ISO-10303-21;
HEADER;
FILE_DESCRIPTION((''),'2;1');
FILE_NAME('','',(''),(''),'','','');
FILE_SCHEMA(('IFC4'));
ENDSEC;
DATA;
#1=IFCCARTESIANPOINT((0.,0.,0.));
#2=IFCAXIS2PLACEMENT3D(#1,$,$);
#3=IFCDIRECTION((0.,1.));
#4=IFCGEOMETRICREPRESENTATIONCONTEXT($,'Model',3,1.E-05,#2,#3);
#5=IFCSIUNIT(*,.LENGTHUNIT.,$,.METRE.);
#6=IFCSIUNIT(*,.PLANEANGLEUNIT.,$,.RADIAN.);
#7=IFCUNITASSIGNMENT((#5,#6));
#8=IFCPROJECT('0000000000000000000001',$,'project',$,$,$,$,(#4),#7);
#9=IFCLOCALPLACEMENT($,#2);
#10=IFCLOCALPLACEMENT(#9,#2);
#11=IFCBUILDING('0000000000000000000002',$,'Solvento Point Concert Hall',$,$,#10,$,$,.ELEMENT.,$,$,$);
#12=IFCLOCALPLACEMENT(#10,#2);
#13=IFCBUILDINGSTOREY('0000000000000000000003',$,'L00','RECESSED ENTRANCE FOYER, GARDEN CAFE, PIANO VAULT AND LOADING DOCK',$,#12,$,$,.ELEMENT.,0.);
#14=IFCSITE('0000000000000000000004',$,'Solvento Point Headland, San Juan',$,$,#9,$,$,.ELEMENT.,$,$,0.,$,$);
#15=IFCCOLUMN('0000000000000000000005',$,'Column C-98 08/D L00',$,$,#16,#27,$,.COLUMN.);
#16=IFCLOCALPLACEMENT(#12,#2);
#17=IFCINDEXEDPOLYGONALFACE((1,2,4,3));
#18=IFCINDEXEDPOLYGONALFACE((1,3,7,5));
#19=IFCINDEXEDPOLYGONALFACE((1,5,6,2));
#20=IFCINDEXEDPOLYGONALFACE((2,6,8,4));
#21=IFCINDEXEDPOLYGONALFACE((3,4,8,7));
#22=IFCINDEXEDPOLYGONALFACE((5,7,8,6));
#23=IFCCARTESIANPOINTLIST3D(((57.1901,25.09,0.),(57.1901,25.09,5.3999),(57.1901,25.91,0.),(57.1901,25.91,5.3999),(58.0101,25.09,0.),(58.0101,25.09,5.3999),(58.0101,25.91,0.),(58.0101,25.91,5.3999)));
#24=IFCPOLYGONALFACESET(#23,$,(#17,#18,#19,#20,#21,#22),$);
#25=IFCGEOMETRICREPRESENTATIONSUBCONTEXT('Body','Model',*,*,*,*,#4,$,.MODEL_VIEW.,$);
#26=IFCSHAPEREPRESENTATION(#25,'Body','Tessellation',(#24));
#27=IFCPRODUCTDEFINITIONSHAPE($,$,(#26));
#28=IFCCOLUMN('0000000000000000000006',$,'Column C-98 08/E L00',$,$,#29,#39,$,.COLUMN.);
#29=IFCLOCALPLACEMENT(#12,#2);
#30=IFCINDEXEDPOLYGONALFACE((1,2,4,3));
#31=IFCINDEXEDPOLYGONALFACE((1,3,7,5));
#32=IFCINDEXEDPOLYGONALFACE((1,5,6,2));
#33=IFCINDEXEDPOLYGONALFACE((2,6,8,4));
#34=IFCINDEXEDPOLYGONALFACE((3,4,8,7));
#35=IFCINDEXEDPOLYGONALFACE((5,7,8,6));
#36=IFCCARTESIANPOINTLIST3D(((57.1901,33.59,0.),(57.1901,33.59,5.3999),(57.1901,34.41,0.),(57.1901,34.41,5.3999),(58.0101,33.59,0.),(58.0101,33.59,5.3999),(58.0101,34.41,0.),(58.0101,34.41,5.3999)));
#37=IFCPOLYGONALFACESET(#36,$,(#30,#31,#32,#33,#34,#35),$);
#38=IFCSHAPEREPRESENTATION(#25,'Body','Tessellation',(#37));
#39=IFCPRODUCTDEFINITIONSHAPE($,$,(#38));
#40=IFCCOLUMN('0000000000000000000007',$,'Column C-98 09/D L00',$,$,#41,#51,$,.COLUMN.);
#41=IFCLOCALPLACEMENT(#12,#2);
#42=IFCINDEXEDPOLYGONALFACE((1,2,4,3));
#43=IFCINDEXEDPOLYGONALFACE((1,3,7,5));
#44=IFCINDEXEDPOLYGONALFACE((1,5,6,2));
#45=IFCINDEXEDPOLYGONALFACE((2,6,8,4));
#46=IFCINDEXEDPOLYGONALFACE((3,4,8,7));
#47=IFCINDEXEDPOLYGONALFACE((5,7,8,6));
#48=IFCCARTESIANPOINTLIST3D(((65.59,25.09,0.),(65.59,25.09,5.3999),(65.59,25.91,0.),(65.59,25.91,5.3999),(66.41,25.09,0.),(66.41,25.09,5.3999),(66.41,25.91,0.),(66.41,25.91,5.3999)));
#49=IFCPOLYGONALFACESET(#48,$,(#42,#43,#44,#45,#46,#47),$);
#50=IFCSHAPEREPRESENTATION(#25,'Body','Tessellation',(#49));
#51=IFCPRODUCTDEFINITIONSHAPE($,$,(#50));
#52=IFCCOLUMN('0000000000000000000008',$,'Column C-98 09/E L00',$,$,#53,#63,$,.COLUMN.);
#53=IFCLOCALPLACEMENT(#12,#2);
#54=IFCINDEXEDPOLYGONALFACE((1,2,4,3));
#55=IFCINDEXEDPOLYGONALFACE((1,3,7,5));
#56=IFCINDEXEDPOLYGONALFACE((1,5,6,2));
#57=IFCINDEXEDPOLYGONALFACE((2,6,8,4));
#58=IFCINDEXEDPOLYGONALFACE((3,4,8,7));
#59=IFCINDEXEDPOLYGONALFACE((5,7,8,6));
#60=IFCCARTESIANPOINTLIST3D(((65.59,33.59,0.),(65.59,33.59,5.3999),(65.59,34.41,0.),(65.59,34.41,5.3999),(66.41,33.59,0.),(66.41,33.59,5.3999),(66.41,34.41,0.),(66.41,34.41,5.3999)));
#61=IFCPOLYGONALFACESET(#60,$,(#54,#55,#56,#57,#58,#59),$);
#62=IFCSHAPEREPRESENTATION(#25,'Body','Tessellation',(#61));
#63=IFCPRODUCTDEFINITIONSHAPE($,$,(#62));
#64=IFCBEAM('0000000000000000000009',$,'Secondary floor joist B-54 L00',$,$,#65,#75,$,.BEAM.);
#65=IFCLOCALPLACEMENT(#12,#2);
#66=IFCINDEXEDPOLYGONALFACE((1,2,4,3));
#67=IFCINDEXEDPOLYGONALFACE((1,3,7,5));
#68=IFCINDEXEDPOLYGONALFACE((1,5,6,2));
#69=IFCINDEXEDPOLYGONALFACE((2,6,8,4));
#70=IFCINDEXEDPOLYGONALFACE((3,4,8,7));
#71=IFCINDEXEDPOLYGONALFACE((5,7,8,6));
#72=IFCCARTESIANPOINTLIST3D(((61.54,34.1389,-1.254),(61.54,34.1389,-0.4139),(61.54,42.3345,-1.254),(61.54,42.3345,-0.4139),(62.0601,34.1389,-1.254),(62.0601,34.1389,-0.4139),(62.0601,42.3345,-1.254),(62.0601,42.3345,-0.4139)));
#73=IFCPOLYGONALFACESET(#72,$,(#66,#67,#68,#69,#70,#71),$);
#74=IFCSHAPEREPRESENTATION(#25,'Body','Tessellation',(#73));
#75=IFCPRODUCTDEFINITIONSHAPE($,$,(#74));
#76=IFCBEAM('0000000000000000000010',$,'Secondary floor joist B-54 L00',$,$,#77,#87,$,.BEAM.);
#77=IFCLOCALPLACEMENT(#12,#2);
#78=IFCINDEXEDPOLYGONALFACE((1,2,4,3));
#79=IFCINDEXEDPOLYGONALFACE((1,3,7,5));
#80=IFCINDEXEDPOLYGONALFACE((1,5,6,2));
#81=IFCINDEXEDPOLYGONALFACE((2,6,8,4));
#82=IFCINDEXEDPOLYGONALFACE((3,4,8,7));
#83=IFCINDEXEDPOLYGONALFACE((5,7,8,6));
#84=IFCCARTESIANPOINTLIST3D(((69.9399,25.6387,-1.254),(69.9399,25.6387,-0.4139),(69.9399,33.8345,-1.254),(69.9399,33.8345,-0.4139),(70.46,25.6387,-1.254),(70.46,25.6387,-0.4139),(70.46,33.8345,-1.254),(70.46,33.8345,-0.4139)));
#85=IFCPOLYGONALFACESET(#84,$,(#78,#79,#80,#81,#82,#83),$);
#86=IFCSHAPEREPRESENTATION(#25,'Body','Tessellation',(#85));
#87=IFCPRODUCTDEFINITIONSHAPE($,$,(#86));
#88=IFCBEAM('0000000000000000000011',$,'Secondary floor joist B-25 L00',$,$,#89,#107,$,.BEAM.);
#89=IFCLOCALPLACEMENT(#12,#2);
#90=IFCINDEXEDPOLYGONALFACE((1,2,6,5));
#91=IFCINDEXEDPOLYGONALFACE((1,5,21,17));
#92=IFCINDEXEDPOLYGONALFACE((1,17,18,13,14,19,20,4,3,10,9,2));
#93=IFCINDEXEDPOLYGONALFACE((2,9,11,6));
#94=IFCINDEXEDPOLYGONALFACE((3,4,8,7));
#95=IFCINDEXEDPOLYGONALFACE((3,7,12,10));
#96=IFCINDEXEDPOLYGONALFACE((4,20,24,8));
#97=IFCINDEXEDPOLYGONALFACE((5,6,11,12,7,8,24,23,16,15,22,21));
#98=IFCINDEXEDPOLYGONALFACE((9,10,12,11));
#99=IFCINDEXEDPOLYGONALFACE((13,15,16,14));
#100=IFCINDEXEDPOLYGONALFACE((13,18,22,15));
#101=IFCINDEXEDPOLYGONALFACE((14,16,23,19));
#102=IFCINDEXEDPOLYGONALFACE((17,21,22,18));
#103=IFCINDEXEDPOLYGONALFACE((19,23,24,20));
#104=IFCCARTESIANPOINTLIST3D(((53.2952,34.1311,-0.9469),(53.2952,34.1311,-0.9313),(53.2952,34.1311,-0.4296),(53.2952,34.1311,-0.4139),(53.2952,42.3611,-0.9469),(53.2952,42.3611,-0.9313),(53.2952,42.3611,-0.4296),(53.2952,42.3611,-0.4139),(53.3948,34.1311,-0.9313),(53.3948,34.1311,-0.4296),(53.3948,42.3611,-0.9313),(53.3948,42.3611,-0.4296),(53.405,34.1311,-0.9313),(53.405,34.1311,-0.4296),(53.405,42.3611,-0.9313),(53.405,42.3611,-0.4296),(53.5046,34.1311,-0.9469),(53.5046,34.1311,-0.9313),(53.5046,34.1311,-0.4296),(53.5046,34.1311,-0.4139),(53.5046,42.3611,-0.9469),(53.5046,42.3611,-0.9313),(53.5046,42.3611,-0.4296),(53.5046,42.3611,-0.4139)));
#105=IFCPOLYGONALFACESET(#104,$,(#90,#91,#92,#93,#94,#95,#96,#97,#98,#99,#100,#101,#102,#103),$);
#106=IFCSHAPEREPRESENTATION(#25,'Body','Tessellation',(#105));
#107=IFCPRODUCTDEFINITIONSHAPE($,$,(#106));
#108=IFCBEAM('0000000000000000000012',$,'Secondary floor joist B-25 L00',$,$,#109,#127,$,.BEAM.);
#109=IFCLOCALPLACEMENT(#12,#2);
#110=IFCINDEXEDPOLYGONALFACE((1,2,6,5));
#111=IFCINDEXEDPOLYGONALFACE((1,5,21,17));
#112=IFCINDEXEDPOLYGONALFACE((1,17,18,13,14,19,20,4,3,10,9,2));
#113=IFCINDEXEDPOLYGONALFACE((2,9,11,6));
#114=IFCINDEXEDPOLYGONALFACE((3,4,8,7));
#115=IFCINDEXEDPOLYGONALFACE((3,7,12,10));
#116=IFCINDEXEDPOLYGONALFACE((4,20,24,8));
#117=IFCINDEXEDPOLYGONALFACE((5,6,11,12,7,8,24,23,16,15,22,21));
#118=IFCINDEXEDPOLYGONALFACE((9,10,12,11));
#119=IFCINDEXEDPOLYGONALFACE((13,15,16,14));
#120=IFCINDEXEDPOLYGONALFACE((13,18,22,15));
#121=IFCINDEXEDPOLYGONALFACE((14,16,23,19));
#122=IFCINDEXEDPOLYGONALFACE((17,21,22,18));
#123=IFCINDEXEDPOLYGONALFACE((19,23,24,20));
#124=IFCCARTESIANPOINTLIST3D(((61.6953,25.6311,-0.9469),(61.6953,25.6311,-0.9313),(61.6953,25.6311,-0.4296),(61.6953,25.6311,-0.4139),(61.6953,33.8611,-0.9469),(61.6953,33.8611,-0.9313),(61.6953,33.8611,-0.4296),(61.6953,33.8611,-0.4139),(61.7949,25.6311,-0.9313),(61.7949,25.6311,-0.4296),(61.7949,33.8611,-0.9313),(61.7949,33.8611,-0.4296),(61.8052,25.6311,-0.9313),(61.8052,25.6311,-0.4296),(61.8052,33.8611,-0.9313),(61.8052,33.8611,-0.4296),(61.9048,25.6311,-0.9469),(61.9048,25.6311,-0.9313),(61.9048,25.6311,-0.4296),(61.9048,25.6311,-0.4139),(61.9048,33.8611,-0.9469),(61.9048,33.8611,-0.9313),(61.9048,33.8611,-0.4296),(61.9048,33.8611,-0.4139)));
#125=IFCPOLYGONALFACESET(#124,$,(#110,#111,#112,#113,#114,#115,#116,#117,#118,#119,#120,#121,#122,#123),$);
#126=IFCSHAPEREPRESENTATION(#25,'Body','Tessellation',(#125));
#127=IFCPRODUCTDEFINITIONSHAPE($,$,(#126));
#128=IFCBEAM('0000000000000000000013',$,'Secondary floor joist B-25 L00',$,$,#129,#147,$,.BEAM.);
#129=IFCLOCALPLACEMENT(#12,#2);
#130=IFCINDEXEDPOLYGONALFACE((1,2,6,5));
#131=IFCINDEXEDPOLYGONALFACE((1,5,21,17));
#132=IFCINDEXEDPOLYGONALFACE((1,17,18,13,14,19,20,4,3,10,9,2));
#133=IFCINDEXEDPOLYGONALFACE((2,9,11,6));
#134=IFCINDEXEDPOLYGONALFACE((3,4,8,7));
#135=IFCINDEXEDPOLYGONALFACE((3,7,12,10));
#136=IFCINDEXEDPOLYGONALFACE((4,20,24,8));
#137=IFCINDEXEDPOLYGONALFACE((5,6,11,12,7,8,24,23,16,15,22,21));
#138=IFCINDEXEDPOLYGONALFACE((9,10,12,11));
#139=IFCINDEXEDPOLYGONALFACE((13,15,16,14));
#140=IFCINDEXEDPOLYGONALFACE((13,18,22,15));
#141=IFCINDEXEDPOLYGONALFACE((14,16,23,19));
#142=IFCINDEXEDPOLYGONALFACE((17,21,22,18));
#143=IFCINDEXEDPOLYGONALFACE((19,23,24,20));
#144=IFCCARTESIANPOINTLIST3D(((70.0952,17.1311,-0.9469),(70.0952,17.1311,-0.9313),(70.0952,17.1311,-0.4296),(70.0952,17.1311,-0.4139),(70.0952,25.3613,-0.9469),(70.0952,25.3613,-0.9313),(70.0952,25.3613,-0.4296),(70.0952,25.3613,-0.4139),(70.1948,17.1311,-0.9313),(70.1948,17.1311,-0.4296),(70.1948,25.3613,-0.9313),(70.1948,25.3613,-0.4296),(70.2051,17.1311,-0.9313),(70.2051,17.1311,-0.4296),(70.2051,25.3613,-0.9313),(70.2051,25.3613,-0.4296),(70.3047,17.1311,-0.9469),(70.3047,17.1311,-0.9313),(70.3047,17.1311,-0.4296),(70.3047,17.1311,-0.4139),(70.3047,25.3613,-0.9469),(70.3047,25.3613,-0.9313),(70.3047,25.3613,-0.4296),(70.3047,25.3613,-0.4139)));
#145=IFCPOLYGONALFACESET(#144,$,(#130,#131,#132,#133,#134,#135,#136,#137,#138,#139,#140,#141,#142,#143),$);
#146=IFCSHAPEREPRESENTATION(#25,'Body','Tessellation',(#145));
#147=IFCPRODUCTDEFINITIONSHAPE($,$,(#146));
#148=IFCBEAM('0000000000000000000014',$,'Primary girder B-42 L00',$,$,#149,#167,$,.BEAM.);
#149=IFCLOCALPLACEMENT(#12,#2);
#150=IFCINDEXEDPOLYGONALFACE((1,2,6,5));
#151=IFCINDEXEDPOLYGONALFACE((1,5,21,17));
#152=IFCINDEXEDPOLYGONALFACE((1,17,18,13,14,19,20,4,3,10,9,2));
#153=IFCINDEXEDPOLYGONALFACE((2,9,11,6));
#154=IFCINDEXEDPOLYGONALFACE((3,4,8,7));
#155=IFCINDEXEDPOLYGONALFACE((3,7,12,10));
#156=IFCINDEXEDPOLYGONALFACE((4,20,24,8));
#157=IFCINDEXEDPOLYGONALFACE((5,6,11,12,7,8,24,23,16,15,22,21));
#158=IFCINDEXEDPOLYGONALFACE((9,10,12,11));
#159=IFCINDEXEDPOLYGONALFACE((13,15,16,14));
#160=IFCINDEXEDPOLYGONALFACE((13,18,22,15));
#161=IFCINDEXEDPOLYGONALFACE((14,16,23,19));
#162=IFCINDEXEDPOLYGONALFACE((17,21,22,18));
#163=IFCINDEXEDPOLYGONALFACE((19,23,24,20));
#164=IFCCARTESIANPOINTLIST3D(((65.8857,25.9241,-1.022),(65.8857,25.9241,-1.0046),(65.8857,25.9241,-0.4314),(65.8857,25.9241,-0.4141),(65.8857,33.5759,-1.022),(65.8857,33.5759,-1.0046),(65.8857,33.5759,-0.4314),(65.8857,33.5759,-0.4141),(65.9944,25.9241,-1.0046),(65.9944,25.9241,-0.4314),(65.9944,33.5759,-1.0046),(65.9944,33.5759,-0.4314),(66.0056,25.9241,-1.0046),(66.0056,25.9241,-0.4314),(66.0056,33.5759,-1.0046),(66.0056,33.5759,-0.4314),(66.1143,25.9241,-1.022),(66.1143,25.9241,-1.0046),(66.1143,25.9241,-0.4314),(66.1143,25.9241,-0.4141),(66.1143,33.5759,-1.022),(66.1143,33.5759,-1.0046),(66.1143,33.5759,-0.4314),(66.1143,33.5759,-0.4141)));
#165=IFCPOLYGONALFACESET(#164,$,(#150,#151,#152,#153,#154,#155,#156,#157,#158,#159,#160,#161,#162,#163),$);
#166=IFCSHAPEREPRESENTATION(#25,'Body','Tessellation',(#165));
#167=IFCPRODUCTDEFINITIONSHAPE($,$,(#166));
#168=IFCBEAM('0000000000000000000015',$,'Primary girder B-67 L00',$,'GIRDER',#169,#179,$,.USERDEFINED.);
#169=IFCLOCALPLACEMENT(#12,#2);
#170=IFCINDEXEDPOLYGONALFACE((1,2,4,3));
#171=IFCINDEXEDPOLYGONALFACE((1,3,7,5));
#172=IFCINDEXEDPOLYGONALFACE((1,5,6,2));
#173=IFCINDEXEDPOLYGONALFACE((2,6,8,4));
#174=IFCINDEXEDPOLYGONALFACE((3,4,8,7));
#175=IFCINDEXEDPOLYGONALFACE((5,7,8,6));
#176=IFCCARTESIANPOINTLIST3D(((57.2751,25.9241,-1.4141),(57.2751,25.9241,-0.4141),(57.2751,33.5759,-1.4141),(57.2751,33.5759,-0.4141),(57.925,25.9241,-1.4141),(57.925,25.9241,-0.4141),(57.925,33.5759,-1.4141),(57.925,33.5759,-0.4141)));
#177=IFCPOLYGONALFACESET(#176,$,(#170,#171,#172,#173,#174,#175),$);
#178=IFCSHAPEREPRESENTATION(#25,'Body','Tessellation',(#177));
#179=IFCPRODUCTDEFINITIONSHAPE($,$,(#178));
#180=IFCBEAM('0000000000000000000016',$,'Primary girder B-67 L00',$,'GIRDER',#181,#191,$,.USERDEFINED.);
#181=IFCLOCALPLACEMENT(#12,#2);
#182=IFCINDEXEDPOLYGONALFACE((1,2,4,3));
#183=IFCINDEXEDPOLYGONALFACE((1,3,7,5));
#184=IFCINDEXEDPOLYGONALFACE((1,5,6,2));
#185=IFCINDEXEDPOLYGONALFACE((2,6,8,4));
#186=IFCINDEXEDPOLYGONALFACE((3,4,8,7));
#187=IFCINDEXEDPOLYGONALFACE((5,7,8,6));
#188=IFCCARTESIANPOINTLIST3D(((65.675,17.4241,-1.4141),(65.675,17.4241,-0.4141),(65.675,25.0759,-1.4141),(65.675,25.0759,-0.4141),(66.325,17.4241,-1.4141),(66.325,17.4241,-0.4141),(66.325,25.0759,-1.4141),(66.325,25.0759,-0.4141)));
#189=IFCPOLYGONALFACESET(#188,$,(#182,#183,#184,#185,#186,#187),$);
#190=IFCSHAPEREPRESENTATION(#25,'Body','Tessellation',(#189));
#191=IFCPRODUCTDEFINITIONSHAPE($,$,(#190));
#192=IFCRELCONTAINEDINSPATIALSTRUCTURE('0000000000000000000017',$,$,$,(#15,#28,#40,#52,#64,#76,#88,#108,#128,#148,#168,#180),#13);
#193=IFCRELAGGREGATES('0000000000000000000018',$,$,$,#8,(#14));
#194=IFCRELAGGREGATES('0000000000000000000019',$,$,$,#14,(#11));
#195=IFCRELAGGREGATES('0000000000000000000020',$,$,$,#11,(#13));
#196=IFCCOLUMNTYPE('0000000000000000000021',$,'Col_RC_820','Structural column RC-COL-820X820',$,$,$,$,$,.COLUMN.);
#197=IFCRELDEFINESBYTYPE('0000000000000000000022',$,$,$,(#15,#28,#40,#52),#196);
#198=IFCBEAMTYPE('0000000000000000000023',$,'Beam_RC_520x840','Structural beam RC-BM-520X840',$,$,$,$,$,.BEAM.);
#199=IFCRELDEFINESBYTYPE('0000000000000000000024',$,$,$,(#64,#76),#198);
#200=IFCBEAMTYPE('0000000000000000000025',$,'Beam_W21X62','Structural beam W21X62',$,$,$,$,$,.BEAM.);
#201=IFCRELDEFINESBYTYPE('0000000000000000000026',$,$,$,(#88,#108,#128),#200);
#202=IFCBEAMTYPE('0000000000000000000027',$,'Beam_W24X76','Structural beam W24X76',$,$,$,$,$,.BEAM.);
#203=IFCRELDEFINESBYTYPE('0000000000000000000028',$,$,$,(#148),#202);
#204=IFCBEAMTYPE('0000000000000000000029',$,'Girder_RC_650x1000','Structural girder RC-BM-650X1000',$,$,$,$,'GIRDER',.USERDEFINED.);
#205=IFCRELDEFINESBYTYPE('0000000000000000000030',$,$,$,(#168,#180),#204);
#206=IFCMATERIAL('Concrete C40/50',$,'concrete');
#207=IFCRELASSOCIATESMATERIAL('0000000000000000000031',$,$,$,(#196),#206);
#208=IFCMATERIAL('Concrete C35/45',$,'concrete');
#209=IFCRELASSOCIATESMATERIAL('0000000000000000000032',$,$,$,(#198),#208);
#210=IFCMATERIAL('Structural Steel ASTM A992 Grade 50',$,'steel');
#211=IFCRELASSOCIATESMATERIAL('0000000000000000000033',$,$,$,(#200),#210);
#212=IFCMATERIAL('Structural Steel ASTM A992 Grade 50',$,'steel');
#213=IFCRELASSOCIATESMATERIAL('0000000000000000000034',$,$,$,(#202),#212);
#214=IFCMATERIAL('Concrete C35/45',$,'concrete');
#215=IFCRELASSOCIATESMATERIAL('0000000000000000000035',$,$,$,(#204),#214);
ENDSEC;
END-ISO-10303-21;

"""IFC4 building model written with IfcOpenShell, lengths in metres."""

from ifc_helpers import new_model, si_unit, direction, frame, origin, origin_2d, place, context, subcontext, project, spatial, rectangle, i_section, extrude, material, material_profile, profile_set, type_object, element, save


model = new_model("IFC4")

# Units and contexts
model_context = context("Model", 3, precision=1e-05, world=origin(), true_north=direction((0.0, 1.0)))
body_context = subcontext(model_context, "Body", "Model", "MODEL_VIEW")
ifc_project = project(units=[si_unit("LENGTHUNIT", "METRE"), si_unit("PLANEANGLEUNIT", "RADIAN")], contexts=[model_context])

# Site, building, storey
site_placement = place(None, origin())
site = spatial("IfcSite", under=ifc_project, at=site_placement, Name="Solvento Point Headland, San Juan", CompositionType="ELEMENT", RefElevation=0.0)
building_placement = place(site_placement, origin())
building = spatial("IfcBuilding", under=site, at=building_placement, Name="Solvento Point Concert Hall", CompositionType="ELEMENT")
storey_placement = place(building_placement, origin())
storey = spatial("IfcBuildingStorey", under=building, at=storey_placement, Name="L00", Description="RECESSED ENTRANCE FOYER, GARDEN CAFE, PIANO VAULT AND LOADING DOCK", CompositionType="ELEMENT", Elevation=0.0)

# Columns
ifc_material_1 = material(Name="Concrete C40/50", Category="concrete")
ifc_material_profile_1 = material_profile(ifc_material_1, rectangle(XDim=0.8201, YDim=0.8201, at=origin_2d()), Name="RC-COL-820X820")
ifc_profile_set_1 = profile_set([ifc_material_profile_1], Name="Concrete C40/50")
column_type = type_object("IfcColumnType", Name="Col_RC_820", Description="Structural column RC-COL-820X820", PredefinedType="COLUMN", material=ifc_profile_set_1)
for number, where, z_axis, x_axis, name in (
    (1, (57.6001, 25.5, 0.0), (0.0, 0.0, 1.0), (1.0, 0.0, 0.0), "Column C-98 08/D L00"),
    (2, (57.6001, 34.0, 0.0), (0.0, 0.0, 1.0), (1.0, 0.0, 0.0), "Column C-98 08/E L00"),
    (3, (66.0, 25.5, 0.0), (0.0, 0.0, 1.0), (1.0, 0.0, 0.0), "Column C-98 09/D L00"),
    (4, (66.0, 34.0, 0.0), (0.0, 0.0, 1.0), (1.0, 0.0, 0.0), "Column C-98 09/E L00"),
):
    element("IfcColumn", number, at=place(storey_placement, frame(where, z_axis=z_axis, x_axis=x_axis)), inside=storey, type_object=column_type, Name=name, PredefinedType="COLUMN", context=body_context, shape_type="SweptSolid", body=[
        extrude(rectangle(XDim=0.8201, YDim=0.8201, at=origin_2d()), origin(), (0.0, 0.0, 1.0), 5.3999),
    ])

# Beams
ifc_material_2 = material(Name="Concrete C35/45", Category="concrete")
ifc_material_profile_2 = material_profile(ifc_material_2, rectangle(XDim=0.52, YDim=0.8401, at=origin_2d()), Name="RC-BM-520X840")
ifc_profile_set_2 = profile_set([ifc_material_profile_2], Name="Concrete C35/45")
beam_type_1 = type_object("IfcBeamType", Name="Beam_RC_520x840", Description="Structural beam RC-BM-520X840", PredefinedType="BEAM", material=ifc_profile_set_2)
beam_1_placement = place(storey_placement, frame((61.8, 34.1389, -0.834), z_axis=(0.0, 1.0, 0.0), x_axis=(-1.0, 0.0, 0.0)))
element("IfcBeam", 5, at=beam_1_placement, inside=storey, type_object=beam_type_1, Name="Secondary floor joist B-54 L00", PredefinedType="BEAM", context=body_context, shape_type="SweptSolid", body=[
    extrude(rectangle(XDim=0.52, YDim=0.8401, at=origin_2d()), origin(), (0.0, 0.0, 1.0), 8.1956),
])
beam_2_placement = place(storey_placement, frame((70.2, 25.6387, -0.834), z_axis=(0.0, 1.0, 0.0), x_axis=(-1.0, 0.0, 0.0)))
element("IfcBeam", 6, at=beam_2_placement, inside=storey, type_object=beam_type_1, Name="Secondary floor joist B-54 L00", PredefinedType="BEAM", context=body_context, shape_type="SweptSolid", body=[
    extrude(rectangle(XDim=0.52, YDim=0.8401, at=origin_2d()), origin(), (0.0, 0.0, 1.0), 8.1958),
])
ifc_material_3 = material(Name="Structural Steel ASTM A992 Grade 50", Category="steel")
ifc_material_profile_3 = material_profile(ifc_material_3, i_section(OverallWidth=0.2095, OverallDepth=0.533, WebThickness=0.0103, FlangeThickness=0.0156, at=origin_2d()), Name="W21X62")
ifc_profile_set_3 = profile_set([ifc_material_profile_3], Name="Structural Steel ASTM A992 Grade 50")
beam_type_2 = type_object("IfcBeamType", Name="Beam_W21X62", Description="Structural beam W21X62", PredefinedType="BEAM", material=ifc_profile_set_3)
for number, where, z_axis, x_axis, name in (
    (7, (53.3999, 34.1311, -0.6804), (0.0, 1.0, 0.0), (-1.0, 0.0, 0.0), "Secondary floor joist B-25 L00"),
    (8, (61.8, 25.6311, -0.6804), (0.0, 1.0, 0.0), (-1.0, 0.0, 0.0), "Secondary floor joist B-25 L00"),
):
    element("IfcBeam", number, at=place(storey_placement, frame(where, z_axis=z_axis, x_axis=x_axis)), inside=storey, type_object=beam_type_2, Name=name, PredefinedType="BEAM", context=body_context, shape_type="SweptSolid", body=[
        extrude(i_section(OverallWidth=0.2095, OverallDepth=0.533, WebThickness=0.0103, FlangeThickness=0.0156, at=origin_2d()), origin(), (0.0, 0.0, 1.0), 8.23),
    ])
beam_3_placement = place(storey_placement, frame((70.2, 17.1311, -0.6804), z_axis=(0.0, 1.0, 0.0), x_axis=(-1.0, 0.0, 0.0)))
element("IfcBeam", 9, at=beam_3_placement, inside=storey, type_object=beam_type_2, Name="Secondary floor joist B-25 L00", PredefinedType="BEAM", context=body_context, shape_type="SweptSolid", body=[
    extrude(i_section(OverallWidth=0.2095, OverallDepth=0.533, WebThickness=0.0103, FlangeThickness=0.0156, at=origin_2d()), origin(), (0.0, 0.0, 1.0), 8.2302),
])
ifc_material_4 = material(Name="Structural Steel ASTM A992 Grade 50", Category="steel")
ifc_material_profile_4 = material_profile(ifc_material_4, i_section(OverallWidth=0.2285, OverallDepth=0.6079, WebThickness=0.0112, FlangeThickness=0.0173, at=origin_2d()), Name="W24X76")
ifc_profile_set_4 = profile_set([ifc_material_profile_4], Name="Structural Steel ASTM A992 Grade 50")
beam_type_3 = type_object("IfcBeamType", Name="Beam_W24X76", Description="Structural beam W24X76", PredefinedType="BEAM", material=ifc_profile_set_4)
beam_4_placement = place(storey_placement, frame((66.0, 25.9241, -0.718), z_axis=(0.0, 1.0, 0.0), x_axis=(-1.0, 0.0, 0.0)))
element("IfcBeam", 10, at=beam_4_placement, inside=storey, type_object=beam_type_3, Name="Primary girder B-42 L00", PredefinedType="BEAM", context=body_context, shape_type="SweptSolid", body=[
    extrude(i_section(OverallWidth=0.2285, OverallDepth=0.6079, WebThickness=0.0112, FlangeThickness=0.0173, at=origin_2d()), origin(), (0.0, 0.0, 1.0), 7.6519),
])
ifc_material_5 = material(Name="Concrete C35/45", Category="concrete")
ifc_material_profile_5 = material_profile(ifc_material_5, rectangle(XDim=0.6499, YDim=1.0, at=origin_2d()), Name="RC-BM-650X1000")
ifc_profile_set_5 = profile_set([ifc_material_profile_5], Name="Concrete C35/45")
beam_type_4 = type_object("IfcBeamType", Name="Girder_RC_650x1000", Description="Structural girder RC-BM-650X1000", ElementType="GIRDER", PredefinedType="USERDEFINED", material=ifc_profile_set_5)
for number, where, z_axis, x_axis, name in (
    (11, (57.6001, 25.9241, -0.9141), (0.0, 1.0, 0.0), (-1.0, 0.0, 0.0), "Primary girder B-67 L00"),
    (12, (66.0, 17.4241, -0.9141), (0.0, 1.0, 0.0), (-1.0, 0.0, 0.0), "Primary girder B-67 L00"),
):
    element("IfcBeam", number, at=place(storey_placement, frame(where, z_axis=z_axis, x_axis=x_axis)), inside=storey, type_object=beam_type_4, Name=name, ObjectType="GIRDER", PredefinedType="USERDEFINED", context=body_context, shape_type="SweptSolid", body=[
        extrude(rectangle(XDim=0.6499, YDim=1.0, at=origin_2d()), origin(), (0.0, 0.0, 1.0), 7.6519),
    ])

save(model, "model.ifc")
